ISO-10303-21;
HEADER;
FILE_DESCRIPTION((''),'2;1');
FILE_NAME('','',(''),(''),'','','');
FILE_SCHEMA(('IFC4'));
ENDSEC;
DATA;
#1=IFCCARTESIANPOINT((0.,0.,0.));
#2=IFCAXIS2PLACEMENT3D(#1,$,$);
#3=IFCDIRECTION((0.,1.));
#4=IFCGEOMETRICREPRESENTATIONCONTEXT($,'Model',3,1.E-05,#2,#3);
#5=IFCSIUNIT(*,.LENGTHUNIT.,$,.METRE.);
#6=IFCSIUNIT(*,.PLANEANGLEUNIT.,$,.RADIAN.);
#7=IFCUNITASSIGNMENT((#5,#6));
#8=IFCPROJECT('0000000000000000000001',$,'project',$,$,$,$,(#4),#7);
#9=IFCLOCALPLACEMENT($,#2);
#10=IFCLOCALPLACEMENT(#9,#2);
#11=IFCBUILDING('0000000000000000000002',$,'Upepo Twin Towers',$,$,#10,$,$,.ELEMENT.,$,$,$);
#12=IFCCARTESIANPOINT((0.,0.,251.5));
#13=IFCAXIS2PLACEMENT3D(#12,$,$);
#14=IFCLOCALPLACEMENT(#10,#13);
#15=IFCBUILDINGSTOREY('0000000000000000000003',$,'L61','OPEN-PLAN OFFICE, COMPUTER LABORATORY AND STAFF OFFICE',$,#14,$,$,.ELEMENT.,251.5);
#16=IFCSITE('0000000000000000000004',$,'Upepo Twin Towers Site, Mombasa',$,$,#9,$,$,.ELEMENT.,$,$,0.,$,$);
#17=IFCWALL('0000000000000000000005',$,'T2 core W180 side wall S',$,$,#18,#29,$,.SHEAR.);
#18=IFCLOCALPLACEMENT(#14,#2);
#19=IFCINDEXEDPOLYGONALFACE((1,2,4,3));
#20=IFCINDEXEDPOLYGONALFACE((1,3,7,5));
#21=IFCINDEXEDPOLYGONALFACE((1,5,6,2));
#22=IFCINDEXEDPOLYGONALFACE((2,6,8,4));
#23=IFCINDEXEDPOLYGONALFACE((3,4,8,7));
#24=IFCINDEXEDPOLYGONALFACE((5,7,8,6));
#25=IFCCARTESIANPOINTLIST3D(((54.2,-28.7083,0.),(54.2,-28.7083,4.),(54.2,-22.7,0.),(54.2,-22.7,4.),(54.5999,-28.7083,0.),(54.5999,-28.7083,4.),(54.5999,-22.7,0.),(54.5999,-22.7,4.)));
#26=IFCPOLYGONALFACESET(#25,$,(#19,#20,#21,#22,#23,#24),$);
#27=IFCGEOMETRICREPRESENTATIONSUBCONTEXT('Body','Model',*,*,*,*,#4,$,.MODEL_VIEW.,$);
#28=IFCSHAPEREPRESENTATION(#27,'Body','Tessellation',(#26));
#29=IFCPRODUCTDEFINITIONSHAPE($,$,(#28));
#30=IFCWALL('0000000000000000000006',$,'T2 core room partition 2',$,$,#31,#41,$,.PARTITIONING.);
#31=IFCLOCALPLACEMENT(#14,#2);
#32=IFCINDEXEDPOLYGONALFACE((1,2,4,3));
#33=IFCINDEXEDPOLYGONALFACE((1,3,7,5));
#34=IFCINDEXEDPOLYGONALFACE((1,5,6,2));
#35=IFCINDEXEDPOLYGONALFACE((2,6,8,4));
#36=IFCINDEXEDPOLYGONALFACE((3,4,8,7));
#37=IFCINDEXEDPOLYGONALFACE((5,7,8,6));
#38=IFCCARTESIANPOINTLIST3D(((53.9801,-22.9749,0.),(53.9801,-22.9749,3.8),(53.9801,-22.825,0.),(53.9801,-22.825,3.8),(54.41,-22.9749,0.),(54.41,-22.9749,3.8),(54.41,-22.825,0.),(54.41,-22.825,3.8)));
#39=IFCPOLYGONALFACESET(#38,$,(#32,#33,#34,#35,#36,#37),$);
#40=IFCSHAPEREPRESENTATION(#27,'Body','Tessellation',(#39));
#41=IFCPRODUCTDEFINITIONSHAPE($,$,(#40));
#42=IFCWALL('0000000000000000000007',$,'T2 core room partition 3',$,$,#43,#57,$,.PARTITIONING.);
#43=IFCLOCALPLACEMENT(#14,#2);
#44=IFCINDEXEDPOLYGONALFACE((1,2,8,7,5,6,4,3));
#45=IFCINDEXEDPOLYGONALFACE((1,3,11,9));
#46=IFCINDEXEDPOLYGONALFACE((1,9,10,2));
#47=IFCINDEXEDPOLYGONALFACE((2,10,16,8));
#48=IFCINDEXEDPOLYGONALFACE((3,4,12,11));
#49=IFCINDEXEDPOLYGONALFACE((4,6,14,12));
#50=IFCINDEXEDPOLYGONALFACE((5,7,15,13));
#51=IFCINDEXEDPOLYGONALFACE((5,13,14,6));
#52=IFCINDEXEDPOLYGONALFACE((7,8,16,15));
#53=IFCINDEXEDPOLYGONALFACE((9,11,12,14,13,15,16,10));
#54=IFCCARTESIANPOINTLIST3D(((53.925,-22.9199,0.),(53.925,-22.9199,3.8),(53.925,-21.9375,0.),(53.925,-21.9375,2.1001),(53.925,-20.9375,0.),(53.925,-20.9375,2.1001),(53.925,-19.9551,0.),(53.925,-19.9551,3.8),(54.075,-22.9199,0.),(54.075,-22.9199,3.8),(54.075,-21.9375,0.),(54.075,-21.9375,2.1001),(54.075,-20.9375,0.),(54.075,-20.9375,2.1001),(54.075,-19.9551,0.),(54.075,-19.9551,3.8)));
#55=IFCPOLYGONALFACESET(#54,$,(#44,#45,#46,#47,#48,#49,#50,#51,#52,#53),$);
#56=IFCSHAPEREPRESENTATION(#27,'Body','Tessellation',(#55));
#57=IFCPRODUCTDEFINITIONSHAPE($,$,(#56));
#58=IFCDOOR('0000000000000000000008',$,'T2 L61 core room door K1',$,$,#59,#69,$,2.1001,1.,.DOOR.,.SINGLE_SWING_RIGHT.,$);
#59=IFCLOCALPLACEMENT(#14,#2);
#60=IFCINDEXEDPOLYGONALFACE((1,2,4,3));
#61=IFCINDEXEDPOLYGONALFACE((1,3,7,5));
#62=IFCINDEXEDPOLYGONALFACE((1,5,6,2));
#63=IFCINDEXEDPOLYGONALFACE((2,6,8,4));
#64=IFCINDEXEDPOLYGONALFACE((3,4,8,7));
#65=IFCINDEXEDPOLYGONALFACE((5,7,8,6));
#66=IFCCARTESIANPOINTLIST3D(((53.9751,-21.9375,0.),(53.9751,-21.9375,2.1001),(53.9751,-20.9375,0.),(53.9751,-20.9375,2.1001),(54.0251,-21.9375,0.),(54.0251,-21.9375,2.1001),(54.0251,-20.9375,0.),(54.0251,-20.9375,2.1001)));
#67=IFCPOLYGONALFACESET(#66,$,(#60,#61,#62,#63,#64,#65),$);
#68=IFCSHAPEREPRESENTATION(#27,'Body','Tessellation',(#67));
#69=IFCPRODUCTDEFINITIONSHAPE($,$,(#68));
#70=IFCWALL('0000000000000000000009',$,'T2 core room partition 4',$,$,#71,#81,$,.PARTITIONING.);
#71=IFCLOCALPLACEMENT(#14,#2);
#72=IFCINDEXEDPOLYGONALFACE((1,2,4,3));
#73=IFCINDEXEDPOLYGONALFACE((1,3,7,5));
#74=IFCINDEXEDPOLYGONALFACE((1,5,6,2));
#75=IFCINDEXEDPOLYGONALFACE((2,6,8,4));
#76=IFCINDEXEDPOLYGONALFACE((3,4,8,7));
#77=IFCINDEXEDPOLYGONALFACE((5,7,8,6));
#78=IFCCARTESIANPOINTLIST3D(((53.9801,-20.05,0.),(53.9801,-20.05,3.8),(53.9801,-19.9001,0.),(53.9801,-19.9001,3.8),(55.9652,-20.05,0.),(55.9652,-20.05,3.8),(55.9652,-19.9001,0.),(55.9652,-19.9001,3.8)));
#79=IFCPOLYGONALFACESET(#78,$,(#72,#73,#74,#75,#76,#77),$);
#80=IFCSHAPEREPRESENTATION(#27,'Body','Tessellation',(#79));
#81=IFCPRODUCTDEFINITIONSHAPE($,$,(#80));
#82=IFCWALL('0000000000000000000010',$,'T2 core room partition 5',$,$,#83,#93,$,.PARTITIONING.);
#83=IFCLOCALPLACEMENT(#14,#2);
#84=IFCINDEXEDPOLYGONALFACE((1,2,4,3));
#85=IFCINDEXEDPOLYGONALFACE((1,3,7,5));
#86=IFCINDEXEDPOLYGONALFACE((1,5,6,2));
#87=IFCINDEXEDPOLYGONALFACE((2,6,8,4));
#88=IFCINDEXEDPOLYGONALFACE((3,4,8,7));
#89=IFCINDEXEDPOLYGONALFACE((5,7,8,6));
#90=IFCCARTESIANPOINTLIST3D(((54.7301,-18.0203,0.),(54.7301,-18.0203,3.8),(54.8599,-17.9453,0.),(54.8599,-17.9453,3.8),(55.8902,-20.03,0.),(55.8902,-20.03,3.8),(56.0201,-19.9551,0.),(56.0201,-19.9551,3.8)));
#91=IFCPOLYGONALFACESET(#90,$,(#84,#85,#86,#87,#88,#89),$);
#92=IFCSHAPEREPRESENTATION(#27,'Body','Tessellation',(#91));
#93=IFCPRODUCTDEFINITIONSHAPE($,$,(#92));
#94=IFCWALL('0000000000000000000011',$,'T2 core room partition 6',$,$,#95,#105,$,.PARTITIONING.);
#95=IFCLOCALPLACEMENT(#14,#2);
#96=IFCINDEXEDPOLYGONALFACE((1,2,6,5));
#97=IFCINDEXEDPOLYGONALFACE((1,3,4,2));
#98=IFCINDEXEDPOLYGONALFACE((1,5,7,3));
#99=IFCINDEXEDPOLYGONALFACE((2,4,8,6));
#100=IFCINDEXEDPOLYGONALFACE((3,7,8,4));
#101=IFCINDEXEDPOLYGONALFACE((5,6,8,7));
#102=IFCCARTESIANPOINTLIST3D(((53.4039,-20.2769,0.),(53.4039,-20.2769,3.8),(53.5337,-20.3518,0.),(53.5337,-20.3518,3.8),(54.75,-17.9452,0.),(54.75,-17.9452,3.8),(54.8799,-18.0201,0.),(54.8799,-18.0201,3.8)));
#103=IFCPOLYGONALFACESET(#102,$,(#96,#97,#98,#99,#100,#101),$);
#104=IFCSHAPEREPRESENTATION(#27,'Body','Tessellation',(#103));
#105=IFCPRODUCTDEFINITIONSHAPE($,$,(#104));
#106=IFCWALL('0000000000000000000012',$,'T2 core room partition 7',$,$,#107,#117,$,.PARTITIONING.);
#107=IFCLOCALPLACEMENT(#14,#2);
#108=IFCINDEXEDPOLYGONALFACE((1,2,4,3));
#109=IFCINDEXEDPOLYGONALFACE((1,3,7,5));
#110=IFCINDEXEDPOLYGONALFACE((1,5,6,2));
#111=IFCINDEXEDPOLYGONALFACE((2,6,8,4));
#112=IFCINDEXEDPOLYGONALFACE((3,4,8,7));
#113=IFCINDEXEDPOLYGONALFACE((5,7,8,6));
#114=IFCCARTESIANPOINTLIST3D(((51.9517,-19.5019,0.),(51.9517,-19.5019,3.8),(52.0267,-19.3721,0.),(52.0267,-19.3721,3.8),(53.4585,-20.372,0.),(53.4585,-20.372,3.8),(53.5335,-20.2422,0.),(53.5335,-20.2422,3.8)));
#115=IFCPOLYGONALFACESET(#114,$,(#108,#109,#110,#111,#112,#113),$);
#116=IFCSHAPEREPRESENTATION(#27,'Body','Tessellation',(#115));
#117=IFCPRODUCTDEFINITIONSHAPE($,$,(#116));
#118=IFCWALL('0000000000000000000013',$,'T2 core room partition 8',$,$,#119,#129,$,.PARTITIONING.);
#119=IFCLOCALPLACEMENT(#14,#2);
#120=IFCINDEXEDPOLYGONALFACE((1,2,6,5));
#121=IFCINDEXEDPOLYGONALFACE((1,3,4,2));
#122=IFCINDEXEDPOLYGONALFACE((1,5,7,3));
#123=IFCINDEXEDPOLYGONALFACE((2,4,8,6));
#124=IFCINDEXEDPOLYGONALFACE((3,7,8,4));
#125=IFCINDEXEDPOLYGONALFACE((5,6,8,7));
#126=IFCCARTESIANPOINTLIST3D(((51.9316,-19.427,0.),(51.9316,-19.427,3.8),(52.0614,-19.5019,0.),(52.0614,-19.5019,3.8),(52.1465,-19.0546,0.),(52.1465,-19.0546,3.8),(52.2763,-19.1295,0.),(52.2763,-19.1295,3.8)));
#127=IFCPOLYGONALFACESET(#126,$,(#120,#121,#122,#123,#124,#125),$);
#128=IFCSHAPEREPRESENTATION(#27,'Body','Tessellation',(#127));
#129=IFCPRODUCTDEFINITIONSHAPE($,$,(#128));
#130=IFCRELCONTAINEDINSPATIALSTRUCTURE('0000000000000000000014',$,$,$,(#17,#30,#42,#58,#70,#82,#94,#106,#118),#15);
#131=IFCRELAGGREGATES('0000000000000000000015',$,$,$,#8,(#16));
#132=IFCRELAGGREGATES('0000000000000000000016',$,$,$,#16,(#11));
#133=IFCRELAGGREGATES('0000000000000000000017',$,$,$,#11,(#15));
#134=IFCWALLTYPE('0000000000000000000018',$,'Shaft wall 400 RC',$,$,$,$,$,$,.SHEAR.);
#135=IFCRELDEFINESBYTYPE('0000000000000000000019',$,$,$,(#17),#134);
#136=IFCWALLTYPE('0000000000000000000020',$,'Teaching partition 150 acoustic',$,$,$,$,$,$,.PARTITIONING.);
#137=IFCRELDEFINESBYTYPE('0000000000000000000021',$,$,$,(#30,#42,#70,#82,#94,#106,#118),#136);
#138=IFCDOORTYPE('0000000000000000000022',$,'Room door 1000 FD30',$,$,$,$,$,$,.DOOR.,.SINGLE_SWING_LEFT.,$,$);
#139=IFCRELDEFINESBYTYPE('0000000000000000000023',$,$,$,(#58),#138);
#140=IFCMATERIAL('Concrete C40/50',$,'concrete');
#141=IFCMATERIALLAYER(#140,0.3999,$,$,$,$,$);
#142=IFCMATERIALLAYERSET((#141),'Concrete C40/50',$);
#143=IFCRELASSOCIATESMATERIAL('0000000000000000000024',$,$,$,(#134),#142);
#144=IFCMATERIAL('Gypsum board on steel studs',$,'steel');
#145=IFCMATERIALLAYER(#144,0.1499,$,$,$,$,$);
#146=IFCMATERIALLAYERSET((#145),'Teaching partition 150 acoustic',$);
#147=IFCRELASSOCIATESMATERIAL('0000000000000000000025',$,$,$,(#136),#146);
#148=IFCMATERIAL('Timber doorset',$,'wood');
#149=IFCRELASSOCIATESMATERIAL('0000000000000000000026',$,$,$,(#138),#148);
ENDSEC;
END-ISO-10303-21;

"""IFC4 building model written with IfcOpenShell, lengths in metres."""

from ifc_helpers import new_model, si_unit, direction, frame, frame_2d, origin, place, context, subcontext, project, spatial, rectangle, extrude, material, layer, layer_set, type_object, element, fill, save


model = new_model("IFC4")

# Units and contexts
model_context = context("Model", 3, precision=1e-05, world=origin(), true_north=direction((0.0, 1.0)))
body_context = subcontext(model_context, "Body", "Model", "MODEL_VIEW")
ifc_project = project(units=[si_unit("LENGTHUNIT", "METRE"), si_unit("PLANEANGLEUNIT", "RADIAN")], contexts=[model_context])

# Site, building, storey
site_placement = place(None, origin())
site = spatial("IfcSite", under=ifc_project, at=site_placement, Name="Upepo Twin Towers Site, Mombasa", CompositionType="ELEMENT", RefElevation=0.0)
building_placement = place(site_placement, origin())
building = spatial("IfcBuilding", under=site, at=building_placement, Name="Upepo Twin Towers", CompositionType="ELEMENT")
storey_placement = place(building_placement, frame((0.0, 0.0, 251.5)))
storey = spatial("IfcBuildingStorey", under=building, at=storey_placement, Name="L61", Description="OPEN-PLAN OFFICE, COMPUTER LABORATORY AND STAFF OFFICE", CompositionType="ELEMENT", Elevation=251.5)

# Walls
ifc_material_1 = material(Name="Concrete C40/50", Category="concrete")
ifc_layer_1 = layer(ifc_material_1, 0.3999)
ifc_layer_set_1 = layer_set([ifc_layer_1], Name="Concrete C40/50")
wall_type_1 = type_object("IfcWallType", Name="Shaft wall 400 RC", PredefinedType="SHEAR", material=ifc_layer_set_1)
for number, where, z_axis, x_axis, name in (
    (1, (54.3999, -22.7, 0.0), (0.0, 0.0, 1.0), (0.0, -1.0, 0.0), "T2 core W180 side wall S"),
):
    element("IfcWall", number, at=place(storey_placement, frame(where, z_axis=z_axis, x_axis=x_axis)), inside=storey, type_object=wall_type_1, Name=name, PredefinedType="SHEAR", context=body_context, shape_type="SweptSolid", body=[
        extrude(rectangle(XDim=6.0083, YDim=0.3999, at=frame_2d((3.0042, 0.0))), origin(), (0.0, 0.0, 1.0), 4.0),
    ])
ifc_material_2 = material(Name="Gypsum board on steel studs", Category="steel")
ifc_layer_2 = layer(ifc_material_2, 0.1499)
ifc_layer_set_2 = layer_set([ifc_layer_2], Name="Teaching partition 150 acoustic")
wall_type_2 = type_object("IfcWallType", Name="Teaching partition 150 acoustic", PredefinedType="PARTITIONING", material=ifc_layer_set_2)
wall_1_placement = place(storey_placement, frame((54.4099, -22.8999, 0.0), z_axis=(0.0, 0.0, 1.0), x_axis=(-1.0, 0.0, 0.0)))
element("IfcWall", 2, at=wall_1_placement, inside=storey, type_object=wall_type_2, Name="T2 core room partition 2", PredefinedType="PARTITIONING", context=body_context, shape_type="SweptSolid", body=[
    extrude(rectangle(XDim=0.4299, YDim=0.1499, at=frame_2d((0.2148, 0.0))), origin(), (0.0, 0.0, 1.0), 3.8),
])

# Wall, opening, door
wall_2_placement = place(storey_placement, frame((54.0, -22.9199, 0.0), z_axis=(0.0, 0.0, 1.0), x_axis=(0.0, 1.0, 0.0)))
wall_2 = element("IfcWall", 3, at=wall_2_placement, inside=storey, type_object=wall_type_2, Name="T2 core room partition 3", PredefinedType="PARTITIONING", context=body_context, shape_type="SweptSolid", body=[
    extrude(rectangle(XDim=2.9648, YDim=0.1499, at=frame_2d((1.4824, 0.0))), origin(), (0.0, 0.0, 1.0), 3.8),
])
opening_1_placement = place(wall_2_placement, frame((0.9824, 0.0, 0.0)))
opening_1 = element("IfcOpeningElement", 4, at=opening_1_placement, cuts=wall_2, PredefinedType="OPENING", context=body_context, shape_type="SweptSolid", body=[
    extrude(rectangle(XDim=1.0, YDim=2.1001, at=frame_2d((0.5, 1.05))), frame((0.0, 0.085, 0.0), z_axis=(0.0, -1.0, 0.0), x_axis=(1.0, 0.0, 0.0)), (0.0, 0.0, 1.0), 0.1699),
])
ifc_material_3 = material(Name="Timber doorset", Category="wood")
door_type_1 = type_object("IfcDoorType", Name="Room door 1000 FD30", OperationType="SINGLE_SWING_LEFT", PredefinedType="DOOR", material=ifc_material_3)
door_1_placement = place(opening_1_placement, origin())
door_1 = element("IfcDoor", 5, at=door_1_placement, inside=storey, type_object=door_type_1, Name="T2 L61 core room door K1", OperationType="SINGLE_SWING_RIGHT", OverallHeight=2.1001, OverallWidth=1.0, PredefinedType="DOOR", context=body_context, shape_type="SweptSolid", body=[
    extrude(rectangle(XDim=1.0, YDim=2.1001, at=frame_2d((0.5, 1.05))), frame((0.0, 0.0249, 0.0), z_axis=(0.0, -1.0, 0.0), x_axis=(1.0, 0.0, 0.0)), (0.0, 0.0, 1.0), 0.05),
])
fill(opening_1, door_1)

# Walls
wall_3_placement = place(storey_placement, frame((53.98, -19.9751, 0.0), z_axis=(0.0, 0.0, 1.0), x_axis=(1.0, 0.0, 0.0)))
element("IfcWall", 6, at=wall_3_placement, inside=storey, type_object=wall_type_2, Name="T2 core room partition 4", PredefinedType="PARTITIONING", context=body_context, shape_type="SweptSolid", body=[
    extrude(rectangle(XDim=1.9851, YDim=0.1499, at=frame_2d((0.9927, 0.0))), origin(), (0.0, 0.0, 1.0), 3.8),
])
wall_4_placement = place(storey_placement, frame((55.9551, -19.9924, 0.0), z_axis=(0.0, 0.0, 1.0), x_axis=(-0.499941, 0.866059, 0.0)))
element("IfcWall", 7, at=wall_4_placement, inside=storey, type_object=wall_type_2, Name="T2 core room partition 5", PredefinedType="PARTITIONING", context=body_context, shape_type="SweptSolid", body=[
    extrude(rectangle(XDim=2.3206, YDim=0.1499, at=frame_2d((1.1602, 0.0))), origin(), (0.0, 0.0, 1.0), 3.8),
])
wall_5_placement = place(storey_placement, frame((54.8149, -17.9827, 0.0), z_axis=(0.0, 0.0, 1.0), x_axis=(-0.499981, -0.866036, 0.0)))
element("IfcWall", 8, at=wall_5_placement, inside=storey, type_object=wall_type_2, Name="T2 core room partition 6", PredefinedType="PARTITIONING", context=body_context, shape_type="SweptSolid", body=[
    extrude(rectangle(XDim=2.6924, YDim=0.1499, at=frame_2d((1.3462, 0.0))), origin(), (0.0, 0.0, 1.0), 3.8),
])
wall_6_placement = place(storey_placement, frame((53.4961, -20.3071, 0.0), z_axis=(0.0, 0.0, 1.0), x_axis=(-0.865989, 0.500063, 0.0)))
element("IfcWall", 9, at=wall_6_placement, inside=storey, type_object=wall_type_2, Name="T2 core room partition 7", PredefinedType="PARTITIONING", context=body_context, shape_type="SweptSolid", body=[
    extrude(rectangle(XDim=1.74, YDim=0.1499, at=frame_2d((0.8701, 0.0))), origin(), (0.0, 0.0, 1.0), 3.8),
])
wall_7_placement = place(storey_placement, frame((51.9966, -19.4644, 0.0), z_axis=(0.0, 0.0, 1.0), x_axis=(0.499804, 0.866138, 0.0)))
element("IfcWall", 10, at=wall_7_placement, inside=storey, type_object=wall_type_2, Name="T2 core room partition 8", PredefinedType="PARTITIONING", context=body_context, shape_type="SweptSolid", body=[
    extrude(rectangle(XDim=0.4299, YDim=0.1499, at=frame_2d((0.2148, 0.0))), origin(), (0.0, 0.0, 1.0), 3.8),
])

save(model, "model.ifc")
